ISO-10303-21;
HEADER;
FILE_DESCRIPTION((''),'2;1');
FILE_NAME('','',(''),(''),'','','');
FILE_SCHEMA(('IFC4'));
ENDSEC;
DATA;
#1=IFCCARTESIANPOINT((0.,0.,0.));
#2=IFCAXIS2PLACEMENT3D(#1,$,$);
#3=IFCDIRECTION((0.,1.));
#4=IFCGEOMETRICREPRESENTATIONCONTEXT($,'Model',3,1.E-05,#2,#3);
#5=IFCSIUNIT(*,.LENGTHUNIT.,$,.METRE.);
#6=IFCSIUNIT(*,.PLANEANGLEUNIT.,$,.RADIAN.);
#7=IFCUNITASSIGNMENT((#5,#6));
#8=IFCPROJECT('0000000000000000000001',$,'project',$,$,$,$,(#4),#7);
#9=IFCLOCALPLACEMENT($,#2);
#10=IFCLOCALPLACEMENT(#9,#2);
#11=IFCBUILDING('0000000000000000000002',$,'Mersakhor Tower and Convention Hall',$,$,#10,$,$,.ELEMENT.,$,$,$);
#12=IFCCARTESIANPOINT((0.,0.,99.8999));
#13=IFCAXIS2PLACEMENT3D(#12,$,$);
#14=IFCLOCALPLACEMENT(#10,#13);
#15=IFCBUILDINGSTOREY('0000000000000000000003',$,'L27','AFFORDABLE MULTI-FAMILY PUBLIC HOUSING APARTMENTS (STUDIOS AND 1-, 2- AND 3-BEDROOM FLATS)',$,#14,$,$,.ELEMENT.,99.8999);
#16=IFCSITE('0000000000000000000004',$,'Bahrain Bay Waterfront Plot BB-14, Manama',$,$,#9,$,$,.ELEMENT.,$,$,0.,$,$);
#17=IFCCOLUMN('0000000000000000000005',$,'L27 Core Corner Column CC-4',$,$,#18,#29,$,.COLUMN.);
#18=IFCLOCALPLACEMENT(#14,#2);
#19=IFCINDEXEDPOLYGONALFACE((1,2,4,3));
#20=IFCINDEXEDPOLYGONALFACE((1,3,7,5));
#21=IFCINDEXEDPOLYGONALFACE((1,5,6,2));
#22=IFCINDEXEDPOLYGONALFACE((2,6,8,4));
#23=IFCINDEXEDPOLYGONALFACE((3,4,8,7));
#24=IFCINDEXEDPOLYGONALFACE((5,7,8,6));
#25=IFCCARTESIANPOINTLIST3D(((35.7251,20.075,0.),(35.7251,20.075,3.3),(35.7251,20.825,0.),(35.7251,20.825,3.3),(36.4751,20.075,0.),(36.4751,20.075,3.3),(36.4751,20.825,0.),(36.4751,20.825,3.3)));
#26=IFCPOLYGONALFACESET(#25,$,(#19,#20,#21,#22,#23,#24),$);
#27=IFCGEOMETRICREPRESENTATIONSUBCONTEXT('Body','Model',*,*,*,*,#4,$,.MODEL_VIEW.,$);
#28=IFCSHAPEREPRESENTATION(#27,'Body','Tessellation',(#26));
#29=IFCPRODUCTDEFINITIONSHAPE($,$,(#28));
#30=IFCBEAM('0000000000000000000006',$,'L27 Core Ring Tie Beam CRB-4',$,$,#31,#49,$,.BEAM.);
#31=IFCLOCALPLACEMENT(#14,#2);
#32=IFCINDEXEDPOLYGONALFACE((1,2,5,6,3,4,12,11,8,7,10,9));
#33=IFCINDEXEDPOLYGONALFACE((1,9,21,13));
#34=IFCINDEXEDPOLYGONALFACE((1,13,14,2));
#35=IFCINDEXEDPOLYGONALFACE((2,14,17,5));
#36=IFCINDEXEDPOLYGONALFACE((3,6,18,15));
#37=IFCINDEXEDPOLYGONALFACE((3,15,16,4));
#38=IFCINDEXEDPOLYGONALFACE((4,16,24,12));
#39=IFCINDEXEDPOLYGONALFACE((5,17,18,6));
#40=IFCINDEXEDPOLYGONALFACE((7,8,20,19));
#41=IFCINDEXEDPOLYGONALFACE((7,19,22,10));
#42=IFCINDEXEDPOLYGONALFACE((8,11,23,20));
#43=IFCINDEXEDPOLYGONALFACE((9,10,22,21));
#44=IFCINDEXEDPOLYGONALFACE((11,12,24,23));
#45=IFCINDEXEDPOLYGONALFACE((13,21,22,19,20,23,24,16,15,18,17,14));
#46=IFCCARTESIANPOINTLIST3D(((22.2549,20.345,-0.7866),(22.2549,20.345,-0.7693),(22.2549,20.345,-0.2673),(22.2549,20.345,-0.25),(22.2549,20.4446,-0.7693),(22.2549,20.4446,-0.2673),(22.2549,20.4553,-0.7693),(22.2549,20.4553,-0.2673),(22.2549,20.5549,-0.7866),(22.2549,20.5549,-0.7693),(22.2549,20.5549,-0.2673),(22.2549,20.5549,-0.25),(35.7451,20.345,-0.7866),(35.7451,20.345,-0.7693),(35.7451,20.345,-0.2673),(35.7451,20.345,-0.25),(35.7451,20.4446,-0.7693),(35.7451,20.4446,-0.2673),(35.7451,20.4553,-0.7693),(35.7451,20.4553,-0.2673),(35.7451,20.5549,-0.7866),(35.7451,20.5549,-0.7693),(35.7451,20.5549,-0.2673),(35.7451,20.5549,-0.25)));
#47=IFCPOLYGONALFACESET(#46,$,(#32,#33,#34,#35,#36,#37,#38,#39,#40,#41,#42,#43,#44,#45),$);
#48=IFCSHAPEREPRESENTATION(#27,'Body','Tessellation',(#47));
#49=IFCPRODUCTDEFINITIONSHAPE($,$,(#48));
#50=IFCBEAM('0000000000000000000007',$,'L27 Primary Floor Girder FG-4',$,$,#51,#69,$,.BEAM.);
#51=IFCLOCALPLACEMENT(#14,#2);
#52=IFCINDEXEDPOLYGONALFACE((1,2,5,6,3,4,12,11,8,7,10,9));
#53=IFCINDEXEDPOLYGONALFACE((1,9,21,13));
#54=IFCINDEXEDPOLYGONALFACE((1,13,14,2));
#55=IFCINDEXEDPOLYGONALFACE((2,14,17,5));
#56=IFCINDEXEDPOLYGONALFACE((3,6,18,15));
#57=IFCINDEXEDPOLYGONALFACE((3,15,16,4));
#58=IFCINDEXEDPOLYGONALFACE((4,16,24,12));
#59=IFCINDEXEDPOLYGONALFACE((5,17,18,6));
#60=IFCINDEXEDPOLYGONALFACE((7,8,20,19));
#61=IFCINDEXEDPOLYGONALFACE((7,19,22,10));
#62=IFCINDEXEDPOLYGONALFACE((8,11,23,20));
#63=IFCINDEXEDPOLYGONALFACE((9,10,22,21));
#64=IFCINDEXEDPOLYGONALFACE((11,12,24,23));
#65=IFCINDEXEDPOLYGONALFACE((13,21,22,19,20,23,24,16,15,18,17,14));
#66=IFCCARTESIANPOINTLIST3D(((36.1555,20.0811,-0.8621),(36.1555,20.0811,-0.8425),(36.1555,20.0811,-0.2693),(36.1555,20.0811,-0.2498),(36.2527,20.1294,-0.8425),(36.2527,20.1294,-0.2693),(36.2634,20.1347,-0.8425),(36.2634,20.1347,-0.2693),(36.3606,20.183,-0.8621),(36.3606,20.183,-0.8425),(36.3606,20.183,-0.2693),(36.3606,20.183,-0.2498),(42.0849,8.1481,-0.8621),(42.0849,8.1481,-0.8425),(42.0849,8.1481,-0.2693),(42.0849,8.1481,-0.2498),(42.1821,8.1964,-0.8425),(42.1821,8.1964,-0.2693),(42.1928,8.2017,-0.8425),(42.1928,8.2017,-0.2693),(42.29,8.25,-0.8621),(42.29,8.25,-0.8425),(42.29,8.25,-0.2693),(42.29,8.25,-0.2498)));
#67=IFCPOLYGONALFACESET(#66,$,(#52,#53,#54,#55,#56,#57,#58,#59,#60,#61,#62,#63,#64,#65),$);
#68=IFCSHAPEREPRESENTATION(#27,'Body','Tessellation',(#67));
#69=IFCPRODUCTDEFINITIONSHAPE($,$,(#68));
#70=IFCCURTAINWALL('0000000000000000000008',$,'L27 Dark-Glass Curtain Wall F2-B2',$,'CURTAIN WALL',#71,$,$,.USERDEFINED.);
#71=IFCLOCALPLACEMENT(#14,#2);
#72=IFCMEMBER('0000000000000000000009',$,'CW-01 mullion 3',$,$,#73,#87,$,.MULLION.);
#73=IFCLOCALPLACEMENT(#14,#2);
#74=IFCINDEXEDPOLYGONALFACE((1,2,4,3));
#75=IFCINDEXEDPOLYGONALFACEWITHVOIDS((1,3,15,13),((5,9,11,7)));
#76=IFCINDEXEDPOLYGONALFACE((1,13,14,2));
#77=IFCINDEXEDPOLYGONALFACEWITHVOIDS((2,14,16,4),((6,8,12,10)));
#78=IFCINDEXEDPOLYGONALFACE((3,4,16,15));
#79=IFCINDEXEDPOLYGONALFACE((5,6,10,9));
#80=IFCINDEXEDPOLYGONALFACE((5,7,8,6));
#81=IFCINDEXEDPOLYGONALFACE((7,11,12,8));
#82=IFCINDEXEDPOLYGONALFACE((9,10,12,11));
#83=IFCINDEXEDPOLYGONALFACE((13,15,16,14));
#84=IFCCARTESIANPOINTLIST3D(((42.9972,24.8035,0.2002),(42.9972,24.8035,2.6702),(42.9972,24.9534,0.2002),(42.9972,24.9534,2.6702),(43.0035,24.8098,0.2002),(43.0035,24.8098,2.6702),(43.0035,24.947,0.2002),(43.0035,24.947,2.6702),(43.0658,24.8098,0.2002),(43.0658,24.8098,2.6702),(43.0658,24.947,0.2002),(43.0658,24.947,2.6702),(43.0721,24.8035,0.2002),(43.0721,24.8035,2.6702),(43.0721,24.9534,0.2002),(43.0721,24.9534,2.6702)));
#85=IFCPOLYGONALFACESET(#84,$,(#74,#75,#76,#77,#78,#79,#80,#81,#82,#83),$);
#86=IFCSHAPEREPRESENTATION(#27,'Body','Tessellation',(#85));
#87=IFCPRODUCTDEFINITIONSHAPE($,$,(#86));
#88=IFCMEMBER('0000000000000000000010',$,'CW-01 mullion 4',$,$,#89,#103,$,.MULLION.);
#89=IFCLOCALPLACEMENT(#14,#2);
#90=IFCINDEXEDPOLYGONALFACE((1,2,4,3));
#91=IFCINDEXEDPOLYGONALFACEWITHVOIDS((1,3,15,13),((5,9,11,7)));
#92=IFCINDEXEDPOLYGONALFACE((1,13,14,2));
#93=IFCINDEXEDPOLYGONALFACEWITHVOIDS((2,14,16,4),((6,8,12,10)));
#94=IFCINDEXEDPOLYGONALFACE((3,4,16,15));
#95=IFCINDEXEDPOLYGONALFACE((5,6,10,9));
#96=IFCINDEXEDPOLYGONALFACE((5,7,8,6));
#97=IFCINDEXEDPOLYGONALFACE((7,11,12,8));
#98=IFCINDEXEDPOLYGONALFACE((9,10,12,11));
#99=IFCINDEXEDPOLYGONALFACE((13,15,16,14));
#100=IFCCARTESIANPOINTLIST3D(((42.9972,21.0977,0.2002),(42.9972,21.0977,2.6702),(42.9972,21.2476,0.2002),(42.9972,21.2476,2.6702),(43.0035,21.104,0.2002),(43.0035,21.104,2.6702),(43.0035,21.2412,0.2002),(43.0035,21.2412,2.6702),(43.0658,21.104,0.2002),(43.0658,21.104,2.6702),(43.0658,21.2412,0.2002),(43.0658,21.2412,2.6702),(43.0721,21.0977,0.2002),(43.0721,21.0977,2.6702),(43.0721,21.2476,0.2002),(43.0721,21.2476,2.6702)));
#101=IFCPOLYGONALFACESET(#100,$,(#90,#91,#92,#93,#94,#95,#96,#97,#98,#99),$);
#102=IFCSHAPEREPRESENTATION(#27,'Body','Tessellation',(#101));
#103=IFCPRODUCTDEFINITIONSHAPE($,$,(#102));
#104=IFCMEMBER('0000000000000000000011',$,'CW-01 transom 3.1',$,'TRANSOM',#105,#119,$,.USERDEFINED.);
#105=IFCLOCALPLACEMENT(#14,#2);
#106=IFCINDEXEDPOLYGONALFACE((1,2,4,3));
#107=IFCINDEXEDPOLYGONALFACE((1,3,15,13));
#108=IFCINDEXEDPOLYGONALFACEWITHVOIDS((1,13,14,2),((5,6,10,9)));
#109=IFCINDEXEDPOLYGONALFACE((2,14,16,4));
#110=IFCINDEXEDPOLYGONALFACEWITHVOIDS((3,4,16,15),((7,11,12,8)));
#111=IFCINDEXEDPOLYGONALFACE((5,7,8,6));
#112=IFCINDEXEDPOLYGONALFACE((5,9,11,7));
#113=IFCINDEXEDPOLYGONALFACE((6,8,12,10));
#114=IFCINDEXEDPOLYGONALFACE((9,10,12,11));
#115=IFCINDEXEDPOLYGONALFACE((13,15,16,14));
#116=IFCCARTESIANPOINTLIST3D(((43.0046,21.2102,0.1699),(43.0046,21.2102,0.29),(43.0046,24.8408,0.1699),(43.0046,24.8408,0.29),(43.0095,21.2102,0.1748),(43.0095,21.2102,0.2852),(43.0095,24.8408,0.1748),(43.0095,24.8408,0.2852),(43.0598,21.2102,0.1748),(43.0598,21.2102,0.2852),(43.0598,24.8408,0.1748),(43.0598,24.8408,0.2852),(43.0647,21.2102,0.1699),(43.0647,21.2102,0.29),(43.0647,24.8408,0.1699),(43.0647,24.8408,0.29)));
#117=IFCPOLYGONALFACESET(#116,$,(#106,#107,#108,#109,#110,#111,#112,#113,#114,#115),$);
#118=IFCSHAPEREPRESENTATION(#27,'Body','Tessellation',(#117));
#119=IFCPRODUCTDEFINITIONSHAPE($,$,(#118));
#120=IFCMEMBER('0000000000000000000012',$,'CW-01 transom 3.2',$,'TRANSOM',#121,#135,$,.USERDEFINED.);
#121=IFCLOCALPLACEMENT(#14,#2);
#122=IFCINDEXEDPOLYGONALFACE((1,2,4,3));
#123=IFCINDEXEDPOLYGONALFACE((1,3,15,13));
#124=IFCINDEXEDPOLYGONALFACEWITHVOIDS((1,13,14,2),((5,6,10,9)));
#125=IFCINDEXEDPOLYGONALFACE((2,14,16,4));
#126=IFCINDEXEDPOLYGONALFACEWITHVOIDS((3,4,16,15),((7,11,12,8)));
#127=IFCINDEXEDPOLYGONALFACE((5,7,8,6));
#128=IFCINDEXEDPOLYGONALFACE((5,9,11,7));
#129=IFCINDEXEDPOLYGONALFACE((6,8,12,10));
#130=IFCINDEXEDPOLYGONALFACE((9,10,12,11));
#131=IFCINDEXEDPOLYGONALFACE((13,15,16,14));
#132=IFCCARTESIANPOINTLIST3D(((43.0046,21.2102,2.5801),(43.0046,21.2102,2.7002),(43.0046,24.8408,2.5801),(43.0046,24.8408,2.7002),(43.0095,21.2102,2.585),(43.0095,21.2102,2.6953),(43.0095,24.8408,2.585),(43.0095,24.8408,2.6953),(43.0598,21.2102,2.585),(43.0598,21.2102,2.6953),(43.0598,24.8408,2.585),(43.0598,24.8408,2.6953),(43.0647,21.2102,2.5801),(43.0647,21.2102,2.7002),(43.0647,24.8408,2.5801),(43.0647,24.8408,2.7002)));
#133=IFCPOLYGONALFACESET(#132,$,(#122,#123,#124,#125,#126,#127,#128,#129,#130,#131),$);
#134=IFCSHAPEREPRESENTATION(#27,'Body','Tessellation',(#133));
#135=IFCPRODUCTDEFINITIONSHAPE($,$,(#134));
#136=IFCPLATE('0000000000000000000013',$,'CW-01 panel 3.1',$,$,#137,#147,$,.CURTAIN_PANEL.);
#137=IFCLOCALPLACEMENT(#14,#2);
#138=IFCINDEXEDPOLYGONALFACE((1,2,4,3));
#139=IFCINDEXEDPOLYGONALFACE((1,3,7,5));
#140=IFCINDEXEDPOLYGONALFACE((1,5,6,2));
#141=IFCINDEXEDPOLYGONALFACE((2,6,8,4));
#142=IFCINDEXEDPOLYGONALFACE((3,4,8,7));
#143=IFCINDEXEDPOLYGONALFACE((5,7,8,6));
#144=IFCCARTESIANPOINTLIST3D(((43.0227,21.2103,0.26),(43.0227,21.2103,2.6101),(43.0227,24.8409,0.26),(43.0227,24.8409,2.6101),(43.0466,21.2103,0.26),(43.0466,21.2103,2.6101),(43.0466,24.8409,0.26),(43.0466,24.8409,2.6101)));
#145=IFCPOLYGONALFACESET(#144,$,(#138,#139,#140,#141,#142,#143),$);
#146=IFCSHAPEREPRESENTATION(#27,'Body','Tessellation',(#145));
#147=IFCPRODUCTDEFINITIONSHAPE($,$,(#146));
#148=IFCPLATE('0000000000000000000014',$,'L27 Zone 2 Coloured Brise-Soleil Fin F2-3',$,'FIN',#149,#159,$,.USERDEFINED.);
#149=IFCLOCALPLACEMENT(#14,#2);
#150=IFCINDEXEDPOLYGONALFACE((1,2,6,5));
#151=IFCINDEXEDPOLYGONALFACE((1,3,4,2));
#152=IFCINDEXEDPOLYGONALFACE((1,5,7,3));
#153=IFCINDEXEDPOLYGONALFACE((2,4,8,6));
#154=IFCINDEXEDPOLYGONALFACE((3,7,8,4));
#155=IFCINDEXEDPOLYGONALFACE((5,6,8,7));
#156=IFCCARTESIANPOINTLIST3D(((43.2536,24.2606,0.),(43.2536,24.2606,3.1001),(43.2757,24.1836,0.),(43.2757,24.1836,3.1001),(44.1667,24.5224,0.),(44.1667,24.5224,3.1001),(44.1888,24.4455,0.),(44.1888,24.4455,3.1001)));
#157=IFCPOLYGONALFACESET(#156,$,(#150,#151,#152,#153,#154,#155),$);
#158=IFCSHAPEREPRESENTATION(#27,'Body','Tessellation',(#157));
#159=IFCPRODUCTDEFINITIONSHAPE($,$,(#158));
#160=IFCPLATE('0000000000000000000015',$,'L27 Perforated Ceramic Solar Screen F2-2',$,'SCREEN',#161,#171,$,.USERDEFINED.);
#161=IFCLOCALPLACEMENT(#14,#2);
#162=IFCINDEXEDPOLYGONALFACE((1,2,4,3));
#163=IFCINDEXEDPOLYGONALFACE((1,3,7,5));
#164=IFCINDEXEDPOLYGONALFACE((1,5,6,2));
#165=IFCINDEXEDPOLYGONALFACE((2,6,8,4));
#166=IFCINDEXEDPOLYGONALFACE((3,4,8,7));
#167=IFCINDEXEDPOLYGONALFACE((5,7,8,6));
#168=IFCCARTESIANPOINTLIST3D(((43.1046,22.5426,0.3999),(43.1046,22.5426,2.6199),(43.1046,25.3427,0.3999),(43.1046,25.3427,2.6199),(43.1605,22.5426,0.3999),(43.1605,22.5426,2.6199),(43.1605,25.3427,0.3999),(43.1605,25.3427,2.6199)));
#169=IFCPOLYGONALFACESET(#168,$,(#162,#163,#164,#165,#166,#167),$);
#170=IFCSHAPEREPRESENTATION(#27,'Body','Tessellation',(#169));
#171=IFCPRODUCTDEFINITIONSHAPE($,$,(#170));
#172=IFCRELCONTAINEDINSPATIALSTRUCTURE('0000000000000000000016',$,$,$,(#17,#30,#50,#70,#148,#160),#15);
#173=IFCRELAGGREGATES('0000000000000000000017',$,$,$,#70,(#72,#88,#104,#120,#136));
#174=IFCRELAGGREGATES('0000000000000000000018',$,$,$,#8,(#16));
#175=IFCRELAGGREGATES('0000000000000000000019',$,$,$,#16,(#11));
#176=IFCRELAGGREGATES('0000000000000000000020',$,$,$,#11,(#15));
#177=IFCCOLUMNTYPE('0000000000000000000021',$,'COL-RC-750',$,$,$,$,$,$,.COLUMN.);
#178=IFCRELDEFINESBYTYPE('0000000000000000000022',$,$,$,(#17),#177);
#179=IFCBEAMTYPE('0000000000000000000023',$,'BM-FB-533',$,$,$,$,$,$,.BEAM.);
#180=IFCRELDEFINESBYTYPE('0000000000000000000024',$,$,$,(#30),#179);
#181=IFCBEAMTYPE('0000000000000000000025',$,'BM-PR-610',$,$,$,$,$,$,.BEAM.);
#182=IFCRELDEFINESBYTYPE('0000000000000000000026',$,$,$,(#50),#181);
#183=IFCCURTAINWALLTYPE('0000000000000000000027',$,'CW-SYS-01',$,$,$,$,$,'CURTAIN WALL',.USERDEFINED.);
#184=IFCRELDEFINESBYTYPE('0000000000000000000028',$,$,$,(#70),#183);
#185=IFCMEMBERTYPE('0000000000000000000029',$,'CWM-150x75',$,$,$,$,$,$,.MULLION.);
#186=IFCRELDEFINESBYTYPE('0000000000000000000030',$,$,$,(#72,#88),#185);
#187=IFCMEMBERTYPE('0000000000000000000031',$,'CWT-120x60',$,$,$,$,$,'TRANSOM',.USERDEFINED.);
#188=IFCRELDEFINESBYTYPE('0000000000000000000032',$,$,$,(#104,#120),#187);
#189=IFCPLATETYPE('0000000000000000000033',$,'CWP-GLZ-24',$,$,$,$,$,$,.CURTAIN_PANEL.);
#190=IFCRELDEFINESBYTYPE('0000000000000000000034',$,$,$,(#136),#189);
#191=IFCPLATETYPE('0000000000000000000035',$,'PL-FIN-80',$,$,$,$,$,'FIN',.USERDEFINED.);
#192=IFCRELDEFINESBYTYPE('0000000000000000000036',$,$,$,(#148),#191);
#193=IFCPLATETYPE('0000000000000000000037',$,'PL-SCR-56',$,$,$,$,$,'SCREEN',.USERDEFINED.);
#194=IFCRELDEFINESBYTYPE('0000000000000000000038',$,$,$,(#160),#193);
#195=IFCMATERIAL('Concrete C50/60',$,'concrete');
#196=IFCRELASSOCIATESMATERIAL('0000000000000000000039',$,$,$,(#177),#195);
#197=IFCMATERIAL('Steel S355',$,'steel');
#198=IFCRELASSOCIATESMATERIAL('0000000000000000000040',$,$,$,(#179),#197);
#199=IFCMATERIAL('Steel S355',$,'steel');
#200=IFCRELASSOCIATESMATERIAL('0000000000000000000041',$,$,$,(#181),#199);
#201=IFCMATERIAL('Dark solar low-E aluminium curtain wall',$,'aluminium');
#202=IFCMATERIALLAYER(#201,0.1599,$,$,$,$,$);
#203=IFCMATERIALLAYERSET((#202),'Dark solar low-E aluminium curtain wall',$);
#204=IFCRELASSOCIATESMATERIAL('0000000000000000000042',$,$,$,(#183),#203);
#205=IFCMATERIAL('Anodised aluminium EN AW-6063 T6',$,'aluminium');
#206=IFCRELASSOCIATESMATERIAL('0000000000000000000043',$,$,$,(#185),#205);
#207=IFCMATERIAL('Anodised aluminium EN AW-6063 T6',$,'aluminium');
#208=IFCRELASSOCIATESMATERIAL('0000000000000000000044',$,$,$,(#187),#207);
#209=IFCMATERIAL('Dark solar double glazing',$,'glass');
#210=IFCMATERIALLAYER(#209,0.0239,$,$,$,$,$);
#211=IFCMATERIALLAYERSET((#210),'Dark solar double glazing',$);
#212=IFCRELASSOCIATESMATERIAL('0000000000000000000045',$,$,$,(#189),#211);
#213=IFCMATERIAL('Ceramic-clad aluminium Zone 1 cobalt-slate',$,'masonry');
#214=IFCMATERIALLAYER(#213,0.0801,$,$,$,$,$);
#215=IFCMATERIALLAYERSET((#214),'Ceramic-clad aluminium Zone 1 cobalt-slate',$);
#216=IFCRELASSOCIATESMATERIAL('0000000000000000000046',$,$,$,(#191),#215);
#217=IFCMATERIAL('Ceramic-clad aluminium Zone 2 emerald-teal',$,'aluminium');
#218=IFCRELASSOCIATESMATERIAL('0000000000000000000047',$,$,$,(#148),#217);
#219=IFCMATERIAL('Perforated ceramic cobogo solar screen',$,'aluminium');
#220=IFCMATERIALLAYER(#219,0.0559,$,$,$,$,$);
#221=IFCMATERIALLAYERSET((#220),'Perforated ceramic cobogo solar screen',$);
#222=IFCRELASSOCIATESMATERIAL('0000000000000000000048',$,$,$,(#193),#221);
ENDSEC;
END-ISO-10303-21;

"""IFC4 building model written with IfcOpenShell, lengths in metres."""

from ifc_helpers import new_model, si_unit, direction, frame, origin, origin_2d, place, context, subcontext, project, spatial, rectangle, hollow_rectangle, i_section, extrude, material, layer, layer_set, material_profile, profile_set, type_object, element, aggregate, save


model = new_model("IFC4")

# Units and contexts
model_context = context("Model", 3, precision=1e-05, world=origin(), true_north=direction((0.0, 1.0)))
body_context = subcontext(model_context, "Body", "Model", "MODEL_VIEW")
ifc_project = project(units=[si_unit("LENGTHUNIT", "METRE"), si_unit("PLANEANGLEUNIT", "RADIAN")], contexts=[model_context])

# Site, building, storey
site_placement = place(None, origin())
site = spatial("IfcSite", under=ifc_project, at=site_placement, Name="Bahrain Bay Waterfront Plot BB-14, Manama", CompositionType="ELEMENT", RefElevation=0.0)
building_placement = place(site_placement, origin())
building = spatial("IfcBuilding", under=site, at=building_placement, Name="Mersakhor Tower and Convention Hall", CompositionType="ELEMENT")
storey_placement = place(building_placement, frame((0.0, 0.0, 99.8999)))
storey = spatial("IfcBuildingStorey", under=building, at=storey_placement, Name="L27", Description="AFFORDABLE MULTI-FAMILY PUBLIC HOUSING APARTMENTS (STUDIOS AND 1-, 2- AND 3-BEDROOM FLATS)", CompositionType="ELEMENT", Elevation=99.8999)

# Column
ifc_material_1 = material(Name="Concrete C50/60", Category="concrete")
ifc_material_profile_1 = material_profile(ifc_material_1, rectangle(XDim=0.75, YDim=0.75, at=origin_2d()), Name="RC 750x750")
ifc_profile_set_1 = profile_set([ifc_material_profile_1], Name="Concrete C50/60")
column_type = type_object("IfcColumnType", Name="COL-RC-750", PredefinedType="COLUMN", material=ifc_profile_set_1)
column_placement = place(storey_placement, frame((36.1001, 20.45, 0.0), z_axis=(0.0, 0.0, 1.0), x_axis=(1.0, 0.0, 0.0)))
element("IfcColumn", 1, at=column_placement, inside=storey, type_object=column_type, Name="L27 Core Corner Column CC-4", PredefinedType="COLUMN", context=body_context, shape_type="SweptSolid", body=[
    extrude(rectangle(XDim=0.75, YDim=0.75, at=origin_2d()), origin(), (0.0, 0.0, 1.0), 3.3),
])

# Beams
ifc_material_2 = material(Name="Steel S355", Category="steel")
ifc_material_profile_2 = material_profile(ifc_material_2, i_section(OverallWidth=0.21, OverallDepth=0.5366, WebThickness=0.0107, FlangeThickness=0.0173, at=origin_2d()), Name="UB 533x210x101")
ifc_profile_set_2 = profile_set([ifc_material_profile_2], Name="Steel S355")
beam_type_1 = type_object("IfcBeamType", Name="BM-FB-533", PredefinedType="BEAM", material=ifc_profile_set_2)
beam_1_placement = place(storey_placement, frame((35.7451, 20.45, -0.5183), z_axis=(-1.0, 0.0, 0.0), x_axis=(0.0, -1.0, 0.0)))
element("IfcBeam", 2, at=beam_1_placement, inside=storey, type_object=beam_type_1, Name="L27 Core Ring Tie Beam CRB-4", PredefinedType="BEAM", context=body_context, shape_type="SweptSolid", body=[
    extrude(i_section(OverallWidth=0.21, OverallDepth=0.5366, WebThickness=0.0107, FlangeThickness=0.0173, at=origin_2d()), origin(), (0.0, 0.0, 1.0), 13.4902),
])
ifc_material_3 = material(Name="Steel S355", Category="steel")
ifc_material_profile_3 = material_profile(ifc_material_3, i_section(OverallWidth=0.229, OverallDepth=0.6123, WebThickness=0.012, FlangeThickness=0.0195, at=origin_2d()), Name="UB 610x229x125")
ifc_profile_set_3 = profile_set([ifc_material_profile_3], Name="Steel S355")
beam_type_2 = type_object("IfcBeamType", Name="BM-PR-610", PredefinedType="BEAM", material=ifc_profile_set_3)
beam_2_placement = place(storey_placement, frame((36.2581, 20.1321, -0.5559), z_axis=(0.444984, -0.895538, 0.0), x_axis=(0.895538, 0.444984, 0.0)))
element("IfcBeam", 3, at=beam_2_placement, inside=storey, type_object=beam_type_2, Name="L27 Primary Floor Girder FG-4", PredefinedType="BEAM", context=body_context, shape_type="SweptSolid", body=[
    extrude(i_section(OverallWidth=0.229, OverallDepth=0.6123, WebThickness=0.012, FlangeThickness=0.0195, at=origin_2d()), origin(), (0.0, 0.0, 1.0), 13.325),
])

# Curtain wall, members, plate
ifc_material_4 = material(Name="Dark solar low-E aluminium curtain wall", Category="aluminium")
ifc_layer_1 = layer(ifc_material_4, 0.1599)
ifc_layer_set_1 = layer_set([ifc_layer_1], Name="Dark solar low-E aluminium curtain wall")
curtain_wall_type = type_object("IfcCurtainWallType", Name="CW-SYS-01", ElementType="CURTAIN WALL", PredefinedType="USERDEFINED", material=ifc_layer_set_1)
curtain_wall_placement = place(storey_placement, origin())
curtain_wall = element("IfcCurtainWall", 4, at=curtain_wall_placement, inside=storey, type_object=curtain_wall_type, Name="L27 Dark-Glass Curtain Wall F2-B2", ObjectType="CURTAIN WALL", PredefinedType="USERDEFINED")
ifc_material_5 = material(Name="Anodised aluminium EN AW-6063 T6", Category="aluminium")
ifc_material_profile_4 = material_profile(ifc_material_5, hollow_rectangle(XDim=0.075, YDim=0.1499, WallThickness=0.0063, at=origin_2d()), Name="RHS 150x75x6.3")
ifc_profile_set_4 = profile_set([ifc_material_profile_4], Name="Anodised aluminium EN AW-6063 T6")
member_type_1 = type_object("IfcMemberType", Name="CWM-150x75", PredefinedType="MULLION", material=ifc_profile_set_4)
member_1_placement = place(storey_placement, frame((43.0347, 24.8784, 0.2002), z_axis=(0.0, 0.0, 1.0), x_axis=(1.0, 0.0, 0.0)))
member_1 = element("IfcMember", 5, at=member_1_placement, type_object=member_type_1, Name="CW-01 mullion 3", PredefinedType="MULLION", context=body_context, shape_type="SweptSolid", body=[
    extrude(hollow_rectangle(XDim=0.075, YDim=0.1499, WallThickness=0.0063, at=origin_2d()), origin(), (0.0, 0.0, 1.0), 2.47),
])
member_2_placement = place(storey_placement, frame((43.0347, 21.1726, 0.2002), z_axis=(0.0, 0.0, 1.0), x_axis=(1.0, 0.0, 0.0)))
member_2 = element("IfcMember", 6, at=member_2_placement, type_object=member_type_1, Name="CW-01 mullion 4", PredefinedType="MULLION", context=body_context, shape_type="SweptSolid", body=[
    extrude(hollow_rectangle(XDim=0.075, YDim=0.1499, WallThickness=0.0063, at=origin_2d()), origin(), (0.0, 0.0, 1.0), 2.47),
])
ifc_material_6 = material(Name="Anodised aluminium EN AW-6063 T6", Category="aluminium")
ifc_material_profile_5 = material_profile(ifc_material_6, hollow_rectangle(XDim=0.0601, YDim=0.1201, WallThickness=0.0049, at=origin_2d()), Name="RHS 120x60x5")
ifc_profile_set_5 = profile_set([ifc_material_profile_5], Name="Anodised aluminium EN AW-6063 T6")
member_type_2 = type_object("IfcMemberType", Name="CWT-120x60", ElementType="TRANSOM", PredefinedType="USERDEFINED", material=ifc_profile_set_5)
member_3_placement = place(storey_placement, frame((43.0347, 24.8408, 0.23), z_axis=(0.0, -1.0, 0.0), x_axis=(1.0, 0.0, 0.0)))
member_3 = element("IfcMember", 7, at=member_3_placement, type_object=member_type_2, Name="CW-01 transom 3.1", ObjectType="TRANSOM", PredefinedType="USERDEFINED", context=body_context, shape_type="SweptSolid", body=[
    extrude(hollow_rectangle(XDim=0.0601, YDim=0.1201, WallThickness=0.0049, at=origin_2d()), origin(), (0.0, 0.0, 1.0), 3.6306),
])
member_4_placement = place(storey_placement, frame((43.0347, 24.8408, 2.6401), z_axis=(0.0, -1.0, 0.0), x_axis=(1.0, 0.0, 0.0)))
member_4 = element("IfcMember", 8, at=member_4_placement, type_object=member_type_2, Name="CW-01 transom 3.2", ObjectType="TRANSOM", PredefinedType="USERDEFINED", context=body_context, shape_type="SweptSolid", body=[
    extrude(hollow_rectangle(XDim=0.0601, YDim=0.1201, WallThickness=0.0049, at=origin_2d()), origin(), (0.0, 0.0, 1.0), 3.6306),
])
ifc_material_7 = material(Name="Dark solar double glazing", Category="glass")
ifc_layer_2 = layer(ifc_material_7, 0.0239)
ifc_layer_set_2 = layer_set([ifc_layer_2], Name="Dark solar double glazing")
plate_type_1 = type_object("IfcPlateType", Name="CWP-GLZ-24", PredefinedType="CURTAIN_PANEL", material=ifc_layer_set_2)
plate_1_placement = place(storey_placement, frame((43.0347, 23.0256, 0.26), z_axis=(0.0, 0.0, 1.0), x_axis=(0.0, -1.0, 0.0)))
plate_1 = element("IfcPlate", 9, at=plate_1_placement, type_object=plate_type_1, Name="CW-01 panel 3.1", PredefinedType="CURTAIN_PANEL", context=body_context, shape_type="SweptSolid", body=[
    extrude(rectangle(XDim=3.6306, YDim=0.0239, at=origin_2d()), origin(), (0.0, 0.0, 1.0), 2.3501),
])
aggregate(curtain_wall, [member_1, member_2, member_3, member_4, plate_1])

# Plates
ifc_material_8 = material(Name="Ceramic-clad aluminium Zone 2 emerald-teal", Category="aluminium")
ifc_material_9 = material(Name="Ceramic-clad aluminium Zone 1 cobalt-slate", Category="masonry")
ifc_layer_3 = layer(ifc_material_9, 0.0801)
ifc_layer_set_3 = layer_set([ifc_layer_3], Name="Ceramic-clad aluminium Zone 1 cobalt-slate")
plate_type_2 = type_object("IfcPlateType", Name="PL-FIN-80", ElementType="FIN", PredefinedType="USERDEFINED", material=ifc_layer_set_3)
plate_2_placement = place(storey_placement, frame((43.7212, 24.353, 0.0), z_axis=(0.0, 0.0, 1.0), x_axis=(0.961262, 0.275637, 0.0)))
element("IfcPlate", 10, at=plate_2_placement, inside=storey, type_object=plate_type_2, material=ifc_material_8, Name="L27 Zone 2 Coloured Brise-Soleil Fin F2-3", ObjectType="FIN", PredefinedType="USERDEFINED", context=body_context, shape_type="SweptSolid", body=[
    extrude(rectangle(XDim=0.95, YDim=0.0801, at=origin_2d()), origin(), (0.0, 0.0, 1.0), 3.1001),
])
ifc_material_10 = material(Name="Perforated ceramic cobogo solar screen", Category="aluminium")
ifc_layer_4 = layer(ifc_material_10, 0.0559)
ifc_layer_set_4 = layer_set([ifc_layer_4], Name="Perforated ceramic cobogo solar screen")
plate_type_3 = type_object("IfcPlateType", Name="PL-SCR-56", ElementType="SCREEN", PredefinedType="USERDEFINED", material=ifc_layer_set_4)
plate_3_placement = place(storey_placement, frame((43.1326, 23.9426, 0.3999), z_axis=(0.0, 0.0, 1.0), x_axis=(0.0, -1.0, 0.0)))
element("IfcPlate", 11, at=plate_3_placement, inside=storey, type_object=plate_type_3, Name="L27 Perforated Ceramic Solar Screen F2-2", ObjectType="SCREEN", PredefinedType="USERDEFINED", context=body_context, shape_type="SweptSolid", body=[
    extrude(rectangle(XDim=2.8, YDim=0.0559, at=origin_2d()), origin(), (0.0, 0.0, 1.0), 2.22),
])

save(model, "model.ifc")
